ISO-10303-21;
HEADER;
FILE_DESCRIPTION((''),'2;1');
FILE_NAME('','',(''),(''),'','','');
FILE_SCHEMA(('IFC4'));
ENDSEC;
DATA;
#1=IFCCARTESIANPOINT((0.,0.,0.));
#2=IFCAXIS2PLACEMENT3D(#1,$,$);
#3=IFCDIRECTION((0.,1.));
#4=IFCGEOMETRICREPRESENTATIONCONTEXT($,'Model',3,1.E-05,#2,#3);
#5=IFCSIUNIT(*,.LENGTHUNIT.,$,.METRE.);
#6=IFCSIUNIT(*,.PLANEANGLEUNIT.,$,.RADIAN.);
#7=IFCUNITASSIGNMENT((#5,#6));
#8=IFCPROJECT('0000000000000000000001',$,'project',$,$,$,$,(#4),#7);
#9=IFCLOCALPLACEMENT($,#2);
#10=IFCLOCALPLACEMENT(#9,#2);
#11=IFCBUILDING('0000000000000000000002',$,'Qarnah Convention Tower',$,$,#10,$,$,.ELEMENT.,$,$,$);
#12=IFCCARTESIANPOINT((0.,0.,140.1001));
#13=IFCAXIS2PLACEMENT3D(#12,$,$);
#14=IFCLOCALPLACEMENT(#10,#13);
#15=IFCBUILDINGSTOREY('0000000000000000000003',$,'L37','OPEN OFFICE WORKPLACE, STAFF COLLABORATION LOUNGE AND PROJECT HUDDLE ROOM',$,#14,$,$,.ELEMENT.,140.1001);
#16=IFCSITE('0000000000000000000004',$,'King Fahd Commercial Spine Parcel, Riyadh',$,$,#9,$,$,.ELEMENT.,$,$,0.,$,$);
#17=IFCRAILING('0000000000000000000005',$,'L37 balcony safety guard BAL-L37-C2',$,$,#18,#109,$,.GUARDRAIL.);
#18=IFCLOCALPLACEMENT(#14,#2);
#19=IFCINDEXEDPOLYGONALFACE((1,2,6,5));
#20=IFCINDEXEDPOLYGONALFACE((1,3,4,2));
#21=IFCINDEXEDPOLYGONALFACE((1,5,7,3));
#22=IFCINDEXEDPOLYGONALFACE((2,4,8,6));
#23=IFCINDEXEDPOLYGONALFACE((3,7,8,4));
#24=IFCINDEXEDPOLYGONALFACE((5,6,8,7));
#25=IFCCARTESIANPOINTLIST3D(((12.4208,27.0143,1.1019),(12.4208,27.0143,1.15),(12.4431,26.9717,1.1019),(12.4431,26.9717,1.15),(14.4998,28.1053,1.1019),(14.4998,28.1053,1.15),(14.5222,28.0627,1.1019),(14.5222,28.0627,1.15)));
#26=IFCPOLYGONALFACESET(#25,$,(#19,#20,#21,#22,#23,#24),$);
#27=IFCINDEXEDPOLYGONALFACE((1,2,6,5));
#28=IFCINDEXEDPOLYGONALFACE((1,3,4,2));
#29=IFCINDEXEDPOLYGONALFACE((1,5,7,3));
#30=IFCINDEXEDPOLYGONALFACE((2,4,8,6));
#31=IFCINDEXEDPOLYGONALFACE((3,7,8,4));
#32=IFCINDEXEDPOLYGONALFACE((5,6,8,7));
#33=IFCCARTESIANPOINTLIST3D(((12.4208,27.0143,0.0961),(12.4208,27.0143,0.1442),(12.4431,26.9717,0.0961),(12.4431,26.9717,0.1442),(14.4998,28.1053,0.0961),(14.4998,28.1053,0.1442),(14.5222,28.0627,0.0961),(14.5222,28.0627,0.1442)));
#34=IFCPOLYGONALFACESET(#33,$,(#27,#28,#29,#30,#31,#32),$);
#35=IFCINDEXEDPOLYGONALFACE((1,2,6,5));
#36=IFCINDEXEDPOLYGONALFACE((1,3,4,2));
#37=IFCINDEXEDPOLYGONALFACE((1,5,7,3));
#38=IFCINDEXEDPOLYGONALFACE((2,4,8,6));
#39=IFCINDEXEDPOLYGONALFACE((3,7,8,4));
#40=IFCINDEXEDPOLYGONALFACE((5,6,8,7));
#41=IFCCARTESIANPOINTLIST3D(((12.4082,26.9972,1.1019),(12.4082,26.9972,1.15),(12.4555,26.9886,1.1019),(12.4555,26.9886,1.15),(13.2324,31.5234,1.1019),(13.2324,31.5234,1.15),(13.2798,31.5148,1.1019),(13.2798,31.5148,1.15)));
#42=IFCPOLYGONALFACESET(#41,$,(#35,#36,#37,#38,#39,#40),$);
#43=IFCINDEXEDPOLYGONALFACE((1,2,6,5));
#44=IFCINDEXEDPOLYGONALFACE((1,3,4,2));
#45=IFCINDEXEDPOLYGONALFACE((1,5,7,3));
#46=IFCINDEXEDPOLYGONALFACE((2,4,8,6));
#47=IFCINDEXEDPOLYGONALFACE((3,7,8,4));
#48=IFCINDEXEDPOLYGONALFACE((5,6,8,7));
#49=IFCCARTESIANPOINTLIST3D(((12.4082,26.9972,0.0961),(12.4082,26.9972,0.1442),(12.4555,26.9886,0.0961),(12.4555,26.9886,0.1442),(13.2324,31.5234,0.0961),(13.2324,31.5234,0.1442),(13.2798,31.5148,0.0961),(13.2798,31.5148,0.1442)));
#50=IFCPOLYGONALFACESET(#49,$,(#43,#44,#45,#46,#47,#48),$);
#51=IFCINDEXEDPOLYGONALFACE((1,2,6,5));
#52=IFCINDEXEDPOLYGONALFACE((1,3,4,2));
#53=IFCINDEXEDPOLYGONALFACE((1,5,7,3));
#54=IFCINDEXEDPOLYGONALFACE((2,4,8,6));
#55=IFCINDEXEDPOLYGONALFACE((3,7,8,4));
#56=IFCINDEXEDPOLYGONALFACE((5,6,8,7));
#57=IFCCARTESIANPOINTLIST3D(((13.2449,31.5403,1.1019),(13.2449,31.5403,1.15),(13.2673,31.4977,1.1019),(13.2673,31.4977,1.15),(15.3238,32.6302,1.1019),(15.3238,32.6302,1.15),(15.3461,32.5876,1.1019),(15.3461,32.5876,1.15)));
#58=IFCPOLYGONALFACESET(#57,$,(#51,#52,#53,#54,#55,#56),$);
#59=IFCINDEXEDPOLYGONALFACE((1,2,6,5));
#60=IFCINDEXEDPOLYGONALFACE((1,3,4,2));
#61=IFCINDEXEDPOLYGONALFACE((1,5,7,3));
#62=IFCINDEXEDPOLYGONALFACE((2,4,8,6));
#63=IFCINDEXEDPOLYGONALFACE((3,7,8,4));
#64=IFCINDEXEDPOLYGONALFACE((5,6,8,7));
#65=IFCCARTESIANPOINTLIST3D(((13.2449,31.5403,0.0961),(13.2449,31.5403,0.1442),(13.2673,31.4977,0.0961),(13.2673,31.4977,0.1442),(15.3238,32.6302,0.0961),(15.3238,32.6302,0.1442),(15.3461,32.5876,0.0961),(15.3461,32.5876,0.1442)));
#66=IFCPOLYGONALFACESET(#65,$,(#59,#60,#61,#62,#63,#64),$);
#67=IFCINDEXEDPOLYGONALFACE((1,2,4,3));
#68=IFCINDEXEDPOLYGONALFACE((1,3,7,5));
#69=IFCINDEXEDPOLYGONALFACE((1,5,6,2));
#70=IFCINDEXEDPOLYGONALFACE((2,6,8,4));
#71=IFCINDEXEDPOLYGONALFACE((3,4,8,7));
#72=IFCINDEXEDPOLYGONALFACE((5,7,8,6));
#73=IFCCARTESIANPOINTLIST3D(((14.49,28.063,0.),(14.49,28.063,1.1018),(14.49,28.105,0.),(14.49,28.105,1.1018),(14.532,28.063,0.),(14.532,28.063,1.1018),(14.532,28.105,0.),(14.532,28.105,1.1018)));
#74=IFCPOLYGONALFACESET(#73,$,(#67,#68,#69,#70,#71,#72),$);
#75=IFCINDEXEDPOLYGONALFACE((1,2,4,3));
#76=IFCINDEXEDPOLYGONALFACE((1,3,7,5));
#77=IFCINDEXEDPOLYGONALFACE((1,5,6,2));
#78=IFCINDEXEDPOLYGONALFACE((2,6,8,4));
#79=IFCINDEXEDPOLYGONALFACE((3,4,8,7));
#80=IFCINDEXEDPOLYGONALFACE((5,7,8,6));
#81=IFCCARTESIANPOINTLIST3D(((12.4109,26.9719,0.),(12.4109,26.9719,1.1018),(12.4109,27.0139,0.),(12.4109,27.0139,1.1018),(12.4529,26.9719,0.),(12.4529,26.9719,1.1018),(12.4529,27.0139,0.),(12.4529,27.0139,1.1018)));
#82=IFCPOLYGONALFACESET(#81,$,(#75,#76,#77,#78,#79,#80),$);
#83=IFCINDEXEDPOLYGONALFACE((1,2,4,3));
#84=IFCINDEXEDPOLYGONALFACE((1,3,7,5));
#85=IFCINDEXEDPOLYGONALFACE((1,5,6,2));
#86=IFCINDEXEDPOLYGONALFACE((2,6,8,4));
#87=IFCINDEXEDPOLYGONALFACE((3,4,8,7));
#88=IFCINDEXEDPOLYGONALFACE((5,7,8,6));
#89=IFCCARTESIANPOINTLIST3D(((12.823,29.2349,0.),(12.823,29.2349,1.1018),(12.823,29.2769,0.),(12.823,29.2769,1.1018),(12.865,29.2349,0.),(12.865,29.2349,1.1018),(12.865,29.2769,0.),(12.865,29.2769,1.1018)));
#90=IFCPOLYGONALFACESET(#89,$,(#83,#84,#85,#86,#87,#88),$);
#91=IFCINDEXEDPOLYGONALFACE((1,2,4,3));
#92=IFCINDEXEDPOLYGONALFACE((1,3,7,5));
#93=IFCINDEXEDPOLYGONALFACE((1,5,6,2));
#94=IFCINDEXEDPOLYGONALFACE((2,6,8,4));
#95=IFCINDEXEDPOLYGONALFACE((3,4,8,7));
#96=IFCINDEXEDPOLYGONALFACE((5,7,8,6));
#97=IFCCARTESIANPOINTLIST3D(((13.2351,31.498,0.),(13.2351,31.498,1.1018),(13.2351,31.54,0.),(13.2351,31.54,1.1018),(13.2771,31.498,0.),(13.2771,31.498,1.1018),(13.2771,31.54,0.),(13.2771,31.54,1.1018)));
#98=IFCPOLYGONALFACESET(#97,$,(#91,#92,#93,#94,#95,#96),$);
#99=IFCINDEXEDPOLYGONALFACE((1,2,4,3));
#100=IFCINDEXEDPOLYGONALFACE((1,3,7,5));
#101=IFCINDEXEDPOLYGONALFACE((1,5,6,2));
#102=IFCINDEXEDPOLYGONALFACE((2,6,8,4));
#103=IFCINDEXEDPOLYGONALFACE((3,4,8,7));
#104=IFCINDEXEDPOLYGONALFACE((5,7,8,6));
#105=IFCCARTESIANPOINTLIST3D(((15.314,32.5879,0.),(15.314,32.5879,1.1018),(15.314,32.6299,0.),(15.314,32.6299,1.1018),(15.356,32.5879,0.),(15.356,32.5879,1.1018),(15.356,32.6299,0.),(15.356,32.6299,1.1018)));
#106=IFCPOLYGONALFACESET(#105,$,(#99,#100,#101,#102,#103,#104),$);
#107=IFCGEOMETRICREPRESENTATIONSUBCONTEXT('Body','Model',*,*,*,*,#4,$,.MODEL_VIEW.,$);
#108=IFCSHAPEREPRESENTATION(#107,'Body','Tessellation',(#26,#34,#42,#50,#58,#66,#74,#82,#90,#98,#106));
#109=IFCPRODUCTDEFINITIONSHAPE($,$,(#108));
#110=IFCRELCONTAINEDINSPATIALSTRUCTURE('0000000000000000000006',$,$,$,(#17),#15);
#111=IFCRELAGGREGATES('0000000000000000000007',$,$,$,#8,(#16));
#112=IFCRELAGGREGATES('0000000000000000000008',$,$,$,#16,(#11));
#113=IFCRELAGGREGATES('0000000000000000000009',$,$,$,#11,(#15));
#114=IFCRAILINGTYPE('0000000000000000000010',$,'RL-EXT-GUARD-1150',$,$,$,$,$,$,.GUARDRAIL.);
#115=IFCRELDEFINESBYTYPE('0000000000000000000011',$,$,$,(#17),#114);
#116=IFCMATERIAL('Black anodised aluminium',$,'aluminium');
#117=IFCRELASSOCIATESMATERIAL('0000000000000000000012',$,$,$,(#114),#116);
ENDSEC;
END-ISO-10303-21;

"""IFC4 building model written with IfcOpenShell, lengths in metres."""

from ifc_helpers import new_model, si_unit, direction, frame, origin, origin_2d, place, context, subcontext, project, spatial, rectangle, extrude, material, type_object, element, save


model = new_model("IFC4")

# Units and contexts
model_context = context("Model", 3, precision=1e-05, world=origin(), true_north=direction((0.0, 1.0)))
body_context = subcontext(model_context, "Body", "Model", "MODEL_VIEW")
ifc_project = project(units=[si_unit("LENGTHUNIT", "METRE"), si_unit("PLANEANGLEUNIT", "RADIAN")], contexts=[model_context])

# Site, building, storey
site_placement = place(None, origin())
site = spatial("IfcSite", under=ifc_project, at=site_placement, Name="King Fahd Commercial Spine Parcel, Riyadh", CompositionType="ELEMENT", RefElevation=0.0)
building_placement = place(site_placement, origin())
building = spatial("IfcBuilding", under=site, at=building_placement, Name="Qarnah Convention Tower", CompositionType="ELEMENT")
storey_placement = place(building_placement, frame((0.0, 0.0, 140.1001)))
storey = spatial("IfcBuildingStorey", under=building, at=storey_placement, Name="L37", Description="OPEN OFFICE WORKPLACE, STAFF COLLABORATION LOUNGE AND PROJECT HUDDLE ROOM", CompositionType="ELEMENT", Elevation=140.1001)

# Shared definitions
ifc_material_1 = material(Name="Black anodised aluminium", Category="aluminium")

# Railing
railing_type = type_object("IfcRailingType", Name="RL-EXT-GUARD-1150", PredefinedType="GUARDRAIL", material=ifc_material_1)
railing_1_placement = place(storey_placement, frame((14.511, 28.084, 0.0)))
element("IfcRailing", 1, at=railing_1_placement, inside=storey, type_object=railing_type, Name="L37 balcony safety guard BAL-L37-C2", PredefinedType="GUARDRAIL", context=body_context, shape_type="SweptSolid", body=[
    extrude(rectangle(XDim=0.0481, YDim=0.0481, at=origin_2d()), frame((0.0, 0.0, 1.126), z_axis=(-0.885479, -0.464679, 0.0), x_axis=(0.464679, -0.885479, 0.0)), (0.0, 0.0, 1.0), 2.3479),
    extrude(rectangle(XDim=0.0481, YDim=0.0481, at=origin_2d()), frame((0.0, 0.0, 0.1201), z_axis=(-0.885479, -0.464679, 0.0), x_axis=(0.464679, -0.885479, 0.0)), (0.0, 0.0, 1.0), 2.3479),
    extrude(rectangle(XDim=0.0481, YDim=0.0481, at=origin_2d()), frame((-2.0791, -1.0911, 1.126), z_axis=(0.179156, 0.983821, 0.0), x_axis=(-0.983821, 0.179156, 0.0)), (0.0, 0.0, 1.0), 4.6006),
    extrude(rectangle(XDim=0.0481, YDim=0.0481, at=origin_2d()), frame((-2.0791, -1.0911, 0.1201), z_axis=(0.179156, 0.983821, 0.0), x_axis=(-0.983821, 0.179156, 0.0)), (0.0, 0.0, 1.0), 4.6006),
    extrude(rectangle(XDim=0.0481, YDim=0.0481, at=origin_2d()), frame((-1.2549, 3.4351, 1.126), z_axis=(0.885671, 0.464314, 0.0), x_axis=(-0.464314, 0.885671, 0.0)), (0.0, 0.0, 1.0), 2.3472),
    extrude(rectangle(XDim=0.0481, YDim=0.0481, at=origin_2d()), frame((-1.2549, 3.4351, 0.1201), z_axis=(0.885671, 0.464314, 0.0), x_axis=(-0.464314, 0.885671, 0.0)), (0.0, 0.0, 1.0), 2.3472),
    extrude(rectangle(XDim=0.042, YDim=0.042, at=origin_2d()), origin(), (0.0, 0.0, 1.0), 1.1018),
    extrude(rectangle(XDim=0.042, YDim=0.042, at=origin_2d()), frame((-2.0791, -1.0911, 0.0)), (0.0, 0.0, 1.0), 1.1018),
    extrude(rectangle(XDim=0.042, YDim=0.042, at=origin_2d()), frame((-1.667, 1.1719, 0.0)), (0.0, 0.0, 1.0), 1.1018),
    extrude(rectangle(XDim=0.042, YDim=0.042, at=origin_2d()), frame((-1.2549, 3.4351, 0.0)), (0.0, 0.0, 1.0), 1.1018),
    extrude(rectangle(XDim=0.042, YDim=0.042, at=origin_2d()), frame((0.824, 4.5249, 0.0)), (0.0, 0.0, 1.0), 1.1018),
])

save(model, "model.ifc")
